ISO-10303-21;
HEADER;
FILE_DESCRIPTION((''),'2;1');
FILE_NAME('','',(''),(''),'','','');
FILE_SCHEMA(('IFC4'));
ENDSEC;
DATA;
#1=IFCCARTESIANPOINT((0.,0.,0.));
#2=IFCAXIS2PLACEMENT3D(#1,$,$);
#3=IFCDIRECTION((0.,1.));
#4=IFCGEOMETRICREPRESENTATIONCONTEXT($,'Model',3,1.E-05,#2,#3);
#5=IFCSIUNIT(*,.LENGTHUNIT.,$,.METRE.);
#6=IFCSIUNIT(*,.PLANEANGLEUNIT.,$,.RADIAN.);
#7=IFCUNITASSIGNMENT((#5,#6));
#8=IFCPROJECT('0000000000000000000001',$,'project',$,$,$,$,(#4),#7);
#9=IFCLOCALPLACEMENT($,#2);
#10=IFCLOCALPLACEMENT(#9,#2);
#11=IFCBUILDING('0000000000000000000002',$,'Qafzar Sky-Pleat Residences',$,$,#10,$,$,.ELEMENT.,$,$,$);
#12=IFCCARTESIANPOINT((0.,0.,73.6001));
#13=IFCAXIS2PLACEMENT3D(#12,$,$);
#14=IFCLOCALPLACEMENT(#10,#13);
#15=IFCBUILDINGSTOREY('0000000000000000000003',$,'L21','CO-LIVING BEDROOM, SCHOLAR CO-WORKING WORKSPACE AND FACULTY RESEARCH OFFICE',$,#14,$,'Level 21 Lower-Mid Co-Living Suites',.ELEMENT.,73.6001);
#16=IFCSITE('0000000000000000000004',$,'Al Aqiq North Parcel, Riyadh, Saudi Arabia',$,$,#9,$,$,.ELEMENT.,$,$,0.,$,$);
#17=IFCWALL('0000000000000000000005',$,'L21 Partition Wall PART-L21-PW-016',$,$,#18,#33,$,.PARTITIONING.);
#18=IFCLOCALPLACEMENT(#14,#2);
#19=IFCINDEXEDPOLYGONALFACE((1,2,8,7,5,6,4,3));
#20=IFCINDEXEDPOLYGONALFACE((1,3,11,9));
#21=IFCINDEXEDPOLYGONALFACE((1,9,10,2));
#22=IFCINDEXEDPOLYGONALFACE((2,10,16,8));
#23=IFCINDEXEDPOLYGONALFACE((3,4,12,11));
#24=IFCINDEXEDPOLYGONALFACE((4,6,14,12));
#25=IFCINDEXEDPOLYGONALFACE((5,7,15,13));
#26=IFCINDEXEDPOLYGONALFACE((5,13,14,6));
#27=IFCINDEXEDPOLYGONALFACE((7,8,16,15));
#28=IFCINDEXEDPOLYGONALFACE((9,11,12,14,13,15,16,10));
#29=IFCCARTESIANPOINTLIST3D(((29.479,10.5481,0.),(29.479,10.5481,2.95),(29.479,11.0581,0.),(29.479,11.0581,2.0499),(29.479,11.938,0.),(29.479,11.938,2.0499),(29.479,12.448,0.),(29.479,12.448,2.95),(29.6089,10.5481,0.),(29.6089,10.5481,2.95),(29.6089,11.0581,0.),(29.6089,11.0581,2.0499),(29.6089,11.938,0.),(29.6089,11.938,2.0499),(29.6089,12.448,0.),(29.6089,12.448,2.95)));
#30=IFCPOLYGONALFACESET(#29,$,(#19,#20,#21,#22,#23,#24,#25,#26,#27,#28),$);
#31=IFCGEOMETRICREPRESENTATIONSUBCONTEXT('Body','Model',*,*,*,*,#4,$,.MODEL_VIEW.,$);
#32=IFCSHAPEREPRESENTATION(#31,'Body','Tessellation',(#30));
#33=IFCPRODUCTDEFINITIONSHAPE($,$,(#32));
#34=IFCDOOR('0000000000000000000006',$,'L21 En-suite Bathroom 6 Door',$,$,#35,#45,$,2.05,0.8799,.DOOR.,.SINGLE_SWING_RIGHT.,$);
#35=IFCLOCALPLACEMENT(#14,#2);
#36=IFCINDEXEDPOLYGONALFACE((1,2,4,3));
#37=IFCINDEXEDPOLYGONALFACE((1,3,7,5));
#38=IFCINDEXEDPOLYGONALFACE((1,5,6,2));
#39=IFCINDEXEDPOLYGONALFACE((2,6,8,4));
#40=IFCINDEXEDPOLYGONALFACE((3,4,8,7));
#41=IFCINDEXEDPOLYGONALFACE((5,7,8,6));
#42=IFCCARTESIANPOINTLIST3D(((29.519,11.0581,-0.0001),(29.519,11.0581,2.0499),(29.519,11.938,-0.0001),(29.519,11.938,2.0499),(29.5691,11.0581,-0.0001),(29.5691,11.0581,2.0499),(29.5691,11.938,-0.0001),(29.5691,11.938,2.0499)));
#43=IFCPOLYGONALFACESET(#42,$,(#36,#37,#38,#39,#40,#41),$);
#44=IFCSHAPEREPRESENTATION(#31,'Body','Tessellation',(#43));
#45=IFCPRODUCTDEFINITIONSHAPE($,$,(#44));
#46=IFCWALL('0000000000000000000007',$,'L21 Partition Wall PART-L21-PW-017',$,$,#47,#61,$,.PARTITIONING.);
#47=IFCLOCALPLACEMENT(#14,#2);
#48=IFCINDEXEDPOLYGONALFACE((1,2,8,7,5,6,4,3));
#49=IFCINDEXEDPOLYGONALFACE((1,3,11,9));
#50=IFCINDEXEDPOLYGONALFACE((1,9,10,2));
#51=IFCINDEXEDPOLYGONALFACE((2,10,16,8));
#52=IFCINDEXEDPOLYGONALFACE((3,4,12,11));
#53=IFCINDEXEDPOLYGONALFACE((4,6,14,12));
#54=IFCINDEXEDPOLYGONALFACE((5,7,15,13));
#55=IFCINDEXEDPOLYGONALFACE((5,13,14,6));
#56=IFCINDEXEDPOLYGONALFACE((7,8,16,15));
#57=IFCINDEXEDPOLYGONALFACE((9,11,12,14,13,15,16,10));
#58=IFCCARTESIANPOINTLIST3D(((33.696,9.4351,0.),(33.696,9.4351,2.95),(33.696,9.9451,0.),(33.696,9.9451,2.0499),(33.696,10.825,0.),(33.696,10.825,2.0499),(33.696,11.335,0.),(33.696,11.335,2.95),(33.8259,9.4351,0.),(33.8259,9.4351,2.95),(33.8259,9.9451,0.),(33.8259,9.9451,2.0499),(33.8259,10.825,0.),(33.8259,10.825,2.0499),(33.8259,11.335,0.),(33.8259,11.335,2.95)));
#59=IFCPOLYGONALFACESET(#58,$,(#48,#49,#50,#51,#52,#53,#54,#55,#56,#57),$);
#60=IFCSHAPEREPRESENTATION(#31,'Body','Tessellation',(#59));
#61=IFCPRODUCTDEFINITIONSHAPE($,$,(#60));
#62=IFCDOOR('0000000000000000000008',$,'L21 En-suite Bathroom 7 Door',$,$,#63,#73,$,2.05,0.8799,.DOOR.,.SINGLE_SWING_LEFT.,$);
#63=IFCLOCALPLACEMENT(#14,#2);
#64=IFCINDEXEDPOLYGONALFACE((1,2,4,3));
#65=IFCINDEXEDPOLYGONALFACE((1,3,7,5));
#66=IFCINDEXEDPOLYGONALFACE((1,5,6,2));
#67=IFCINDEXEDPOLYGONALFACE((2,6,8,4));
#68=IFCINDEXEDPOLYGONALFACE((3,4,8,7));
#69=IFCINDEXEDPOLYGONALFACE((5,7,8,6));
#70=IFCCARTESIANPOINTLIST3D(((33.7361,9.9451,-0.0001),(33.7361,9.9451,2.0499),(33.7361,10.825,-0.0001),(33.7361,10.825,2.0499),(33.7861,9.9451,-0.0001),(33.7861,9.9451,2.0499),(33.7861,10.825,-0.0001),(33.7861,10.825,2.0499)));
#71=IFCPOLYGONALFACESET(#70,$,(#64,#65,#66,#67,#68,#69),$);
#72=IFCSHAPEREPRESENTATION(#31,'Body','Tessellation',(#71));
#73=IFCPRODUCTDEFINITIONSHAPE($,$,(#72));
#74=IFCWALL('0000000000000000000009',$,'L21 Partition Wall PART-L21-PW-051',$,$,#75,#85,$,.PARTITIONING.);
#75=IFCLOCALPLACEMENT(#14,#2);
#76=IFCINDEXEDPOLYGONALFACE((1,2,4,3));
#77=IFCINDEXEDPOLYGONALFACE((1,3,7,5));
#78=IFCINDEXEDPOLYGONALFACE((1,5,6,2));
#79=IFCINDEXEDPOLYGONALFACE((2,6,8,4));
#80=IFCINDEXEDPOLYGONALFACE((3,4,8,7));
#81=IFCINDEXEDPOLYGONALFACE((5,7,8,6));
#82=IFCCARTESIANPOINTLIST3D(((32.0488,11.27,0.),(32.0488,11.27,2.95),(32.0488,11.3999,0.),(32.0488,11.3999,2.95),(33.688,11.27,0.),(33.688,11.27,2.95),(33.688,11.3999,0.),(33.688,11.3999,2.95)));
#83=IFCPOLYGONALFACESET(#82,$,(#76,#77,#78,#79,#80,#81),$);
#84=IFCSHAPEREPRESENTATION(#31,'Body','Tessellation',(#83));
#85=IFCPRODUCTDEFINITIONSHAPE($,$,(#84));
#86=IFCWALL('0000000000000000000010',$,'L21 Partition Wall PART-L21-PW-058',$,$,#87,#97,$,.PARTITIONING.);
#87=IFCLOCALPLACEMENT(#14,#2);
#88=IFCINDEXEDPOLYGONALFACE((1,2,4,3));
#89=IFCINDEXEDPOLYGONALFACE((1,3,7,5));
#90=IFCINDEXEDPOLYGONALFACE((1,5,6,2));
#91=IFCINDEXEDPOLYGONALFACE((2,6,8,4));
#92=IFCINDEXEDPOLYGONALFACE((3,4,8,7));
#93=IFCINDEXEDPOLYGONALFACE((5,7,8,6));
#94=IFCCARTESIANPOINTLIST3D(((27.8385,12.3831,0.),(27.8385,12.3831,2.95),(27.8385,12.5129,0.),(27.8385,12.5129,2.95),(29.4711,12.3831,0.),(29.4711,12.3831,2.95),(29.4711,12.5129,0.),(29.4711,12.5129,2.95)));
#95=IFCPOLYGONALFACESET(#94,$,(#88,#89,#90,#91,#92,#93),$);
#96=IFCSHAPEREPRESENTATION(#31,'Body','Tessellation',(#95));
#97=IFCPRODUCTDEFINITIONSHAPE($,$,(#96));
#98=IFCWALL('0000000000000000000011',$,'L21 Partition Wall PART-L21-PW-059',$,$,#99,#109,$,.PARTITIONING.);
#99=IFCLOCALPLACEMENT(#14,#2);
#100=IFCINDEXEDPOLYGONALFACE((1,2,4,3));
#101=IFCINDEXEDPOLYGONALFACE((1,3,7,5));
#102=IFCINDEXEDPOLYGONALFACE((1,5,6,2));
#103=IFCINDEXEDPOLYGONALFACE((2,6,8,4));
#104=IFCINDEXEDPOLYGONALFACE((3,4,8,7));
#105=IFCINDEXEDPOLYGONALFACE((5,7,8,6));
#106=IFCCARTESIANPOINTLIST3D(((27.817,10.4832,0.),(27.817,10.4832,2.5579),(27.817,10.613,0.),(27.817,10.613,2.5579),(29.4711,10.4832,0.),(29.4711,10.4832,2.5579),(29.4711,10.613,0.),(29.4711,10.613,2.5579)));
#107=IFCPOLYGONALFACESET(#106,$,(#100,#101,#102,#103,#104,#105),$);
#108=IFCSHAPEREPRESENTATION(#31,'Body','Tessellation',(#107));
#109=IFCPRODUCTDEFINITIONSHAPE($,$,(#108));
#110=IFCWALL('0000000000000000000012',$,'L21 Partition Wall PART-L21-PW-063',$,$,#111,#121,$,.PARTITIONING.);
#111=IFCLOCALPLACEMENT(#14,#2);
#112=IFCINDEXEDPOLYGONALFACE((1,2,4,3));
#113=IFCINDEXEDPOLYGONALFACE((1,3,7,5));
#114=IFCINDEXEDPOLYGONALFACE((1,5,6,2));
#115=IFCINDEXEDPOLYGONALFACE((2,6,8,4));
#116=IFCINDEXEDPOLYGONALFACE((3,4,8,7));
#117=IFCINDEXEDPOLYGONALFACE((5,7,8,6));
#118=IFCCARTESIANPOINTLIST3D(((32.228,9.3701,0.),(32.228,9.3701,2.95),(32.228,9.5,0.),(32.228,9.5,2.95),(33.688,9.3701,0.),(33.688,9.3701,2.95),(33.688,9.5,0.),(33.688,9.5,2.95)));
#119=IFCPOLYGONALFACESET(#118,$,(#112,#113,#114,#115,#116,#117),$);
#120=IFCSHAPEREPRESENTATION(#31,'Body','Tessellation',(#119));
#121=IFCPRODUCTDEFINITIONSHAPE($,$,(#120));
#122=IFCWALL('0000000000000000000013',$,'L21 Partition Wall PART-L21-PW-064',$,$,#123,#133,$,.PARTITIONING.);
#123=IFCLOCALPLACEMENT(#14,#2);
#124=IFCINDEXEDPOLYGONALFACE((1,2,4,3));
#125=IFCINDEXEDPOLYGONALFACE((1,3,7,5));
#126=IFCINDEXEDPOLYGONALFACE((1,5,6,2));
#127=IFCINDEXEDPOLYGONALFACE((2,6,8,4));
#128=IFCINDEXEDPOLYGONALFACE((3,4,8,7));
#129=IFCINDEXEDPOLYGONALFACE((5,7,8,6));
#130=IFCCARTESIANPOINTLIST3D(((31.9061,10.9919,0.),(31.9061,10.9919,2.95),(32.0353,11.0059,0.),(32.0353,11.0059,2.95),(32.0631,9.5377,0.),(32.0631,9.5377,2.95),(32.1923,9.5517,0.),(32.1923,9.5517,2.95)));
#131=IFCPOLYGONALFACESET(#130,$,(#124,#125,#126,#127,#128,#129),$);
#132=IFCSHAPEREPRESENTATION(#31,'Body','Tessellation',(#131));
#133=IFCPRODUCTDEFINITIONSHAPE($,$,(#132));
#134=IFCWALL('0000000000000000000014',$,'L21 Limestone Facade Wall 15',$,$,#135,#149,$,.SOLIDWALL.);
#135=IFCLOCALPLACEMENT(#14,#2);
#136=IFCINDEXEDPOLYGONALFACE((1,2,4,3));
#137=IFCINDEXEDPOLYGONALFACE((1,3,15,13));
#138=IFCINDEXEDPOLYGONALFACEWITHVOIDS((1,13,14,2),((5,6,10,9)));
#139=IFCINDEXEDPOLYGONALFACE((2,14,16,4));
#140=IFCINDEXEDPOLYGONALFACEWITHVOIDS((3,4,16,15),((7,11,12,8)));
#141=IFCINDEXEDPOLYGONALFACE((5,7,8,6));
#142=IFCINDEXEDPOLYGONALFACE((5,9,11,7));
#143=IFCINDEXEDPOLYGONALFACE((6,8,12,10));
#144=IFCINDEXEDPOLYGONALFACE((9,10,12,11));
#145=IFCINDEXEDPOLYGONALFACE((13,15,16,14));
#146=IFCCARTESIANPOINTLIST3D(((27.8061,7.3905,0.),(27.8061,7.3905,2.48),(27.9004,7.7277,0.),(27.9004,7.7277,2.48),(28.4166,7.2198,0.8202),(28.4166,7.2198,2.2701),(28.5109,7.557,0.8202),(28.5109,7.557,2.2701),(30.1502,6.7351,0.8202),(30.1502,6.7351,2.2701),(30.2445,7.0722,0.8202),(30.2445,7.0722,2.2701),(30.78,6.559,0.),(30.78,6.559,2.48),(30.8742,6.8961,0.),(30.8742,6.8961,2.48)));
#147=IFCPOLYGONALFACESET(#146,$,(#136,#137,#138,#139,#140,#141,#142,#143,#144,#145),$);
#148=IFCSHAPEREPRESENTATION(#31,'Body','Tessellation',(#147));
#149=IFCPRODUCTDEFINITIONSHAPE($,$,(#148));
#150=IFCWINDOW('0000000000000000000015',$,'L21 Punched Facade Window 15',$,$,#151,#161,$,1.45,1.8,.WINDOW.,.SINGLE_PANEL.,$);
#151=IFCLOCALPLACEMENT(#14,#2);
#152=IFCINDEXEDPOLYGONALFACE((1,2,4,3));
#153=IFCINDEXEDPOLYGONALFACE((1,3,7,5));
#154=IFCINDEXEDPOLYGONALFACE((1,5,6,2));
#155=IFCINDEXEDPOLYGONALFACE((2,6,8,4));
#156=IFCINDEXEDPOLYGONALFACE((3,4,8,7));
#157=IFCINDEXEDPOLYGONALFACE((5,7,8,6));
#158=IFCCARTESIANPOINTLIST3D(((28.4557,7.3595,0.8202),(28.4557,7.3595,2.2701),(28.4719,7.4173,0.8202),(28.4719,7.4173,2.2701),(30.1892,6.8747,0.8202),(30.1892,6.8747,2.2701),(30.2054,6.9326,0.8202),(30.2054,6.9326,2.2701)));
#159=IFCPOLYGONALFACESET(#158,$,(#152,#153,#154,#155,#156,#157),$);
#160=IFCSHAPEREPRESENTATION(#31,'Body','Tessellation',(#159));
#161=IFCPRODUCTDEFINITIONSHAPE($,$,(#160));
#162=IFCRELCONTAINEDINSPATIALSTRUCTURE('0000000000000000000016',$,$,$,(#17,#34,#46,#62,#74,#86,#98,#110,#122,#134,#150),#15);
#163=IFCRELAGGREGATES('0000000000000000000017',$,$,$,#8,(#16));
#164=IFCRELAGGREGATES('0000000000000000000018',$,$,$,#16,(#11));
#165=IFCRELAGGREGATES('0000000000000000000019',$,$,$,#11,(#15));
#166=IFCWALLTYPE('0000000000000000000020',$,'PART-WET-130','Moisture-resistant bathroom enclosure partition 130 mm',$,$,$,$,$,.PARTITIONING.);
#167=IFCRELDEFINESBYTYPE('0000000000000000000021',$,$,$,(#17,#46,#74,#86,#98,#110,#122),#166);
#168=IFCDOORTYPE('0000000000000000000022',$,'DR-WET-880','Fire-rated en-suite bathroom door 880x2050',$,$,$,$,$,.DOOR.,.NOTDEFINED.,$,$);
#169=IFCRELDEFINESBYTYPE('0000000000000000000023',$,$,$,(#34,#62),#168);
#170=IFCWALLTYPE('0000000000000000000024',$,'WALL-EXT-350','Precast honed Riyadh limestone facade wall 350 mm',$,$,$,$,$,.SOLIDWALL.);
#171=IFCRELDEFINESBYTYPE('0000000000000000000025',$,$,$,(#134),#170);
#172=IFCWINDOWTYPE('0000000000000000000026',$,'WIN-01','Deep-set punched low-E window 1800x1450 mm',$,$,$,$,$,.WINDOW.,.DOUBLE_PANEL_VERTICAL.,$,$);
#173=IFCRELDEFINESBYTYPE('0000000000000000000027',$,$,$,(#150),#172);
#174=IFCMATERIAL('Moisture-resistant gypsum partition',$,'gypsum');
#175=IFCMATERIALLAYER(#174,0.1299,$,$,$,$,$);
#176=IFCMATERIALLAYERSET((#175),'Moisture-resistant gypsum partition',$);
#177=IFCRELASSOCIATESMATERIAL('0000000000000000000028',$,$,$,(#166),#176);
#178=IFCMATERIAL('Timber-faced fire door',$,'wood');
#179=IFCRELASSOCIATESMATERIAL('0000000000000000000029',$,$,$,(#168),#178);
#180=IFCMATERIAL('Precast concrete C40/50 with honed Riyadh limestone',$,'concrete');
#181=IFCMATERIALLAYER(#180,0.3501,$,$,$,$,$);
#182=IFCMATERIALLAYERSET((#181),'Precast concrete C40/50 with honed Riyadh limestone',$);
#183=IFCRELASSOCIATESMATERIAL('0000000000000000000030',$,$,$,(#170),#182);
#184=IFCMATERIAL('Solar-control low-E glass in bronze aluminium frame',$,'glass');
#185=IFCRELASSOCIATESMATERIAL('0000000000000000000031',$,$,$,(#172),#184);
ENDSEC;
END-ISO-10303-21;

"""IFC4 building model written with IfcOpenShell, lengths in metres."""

from ifc_helpers import new_model, si_unit, direction, frame, frame_2d, origin, place, context, subcontext, project, spatial, rectangle, extrude, source, transform, mapped, material, layer, layer_set, type_object, element, fill, save


model = new_model("IFC4")

# Units and contexts
model_context = context("Model", 3, precision=1e-05, world=origin(), true_north=direction((0.0, 1.0)))
body_context = subcontext(model_context, "Body", "Model", "MODEL_VIEW")
ifc_project = project(units=[si_unit("LENGTHUNIT", "METRE"), si_unit("PLANEANGLEUNIT", "RADIAN")], contexts=[model_context])

# Site, building, storey
site_placement = place(None, origin())
site = spatial("IfcSite", under=ifc_project, at=site_placement, Name="Al Aqiq North Parcel, Riyadh, Saudi Arabia", CompositionType="ELEMENT", RefElevation=0.0)
building_placement = place(site_placement, origin())
building = spatial("IfcBuilding", under=site, at=building_placement, Name="Qafzar Sky-Pleat Residences", CompositionType="ELEMENT")
storey_placement = place(building_placement, frame((0.0, 0.0, 73.6001)))
storey = spatial("IfcBuildingStorey", under=building, at=storey_placement, Name="L21", Description="CO-LIVING BEDROOM, SCHOLAR CO-WORKING WORKSPACE AND FACULTY RESEARCH OFFICE", LongName="Level 21 Lower-Mid Co-Living Suites", CompositionType="ELEMENT", Elevation=73.6001)

# Walls, openings, doors
ifc_material_1 = material(Name="Moisture-resistant gypsum partition", Category="gypsum")
ifc_layer_1 = layer(ifc_material_1, 0.1299)
ifc_layer_set_1 = layer_set([ifc_layer_1], Name="Moisture-resistant gypsum partition")
wall_type_1 = type_object("IfcWallType", Name="PART-WET-130", Description="Moisture-resistant bathroom enclosure partition 130 mm", PredefinedType="PARTITIONING", material=ifc_layer_set_1)
wall_1_placement = place(storey_placement, frame((29.5439, 10.5481, 0.0), z_axis=(0.0, 0.0, 1.0), x_axis=(0.0, 1.0, 0.0)))
wall_1 = element("IfcWall", 1, at=wall_1_placement, inside=storey, type_object=wall_type_1, Name="L21 Partition Wall PART-L21-PW-016", PredefinedType="PARTITIONING", context=body_context, shape_type="SweptSolid", body=[
    extrude(rectangle(XDim=1.8999, YDim=0.1299, at=frame_2d((0.95, 0.0))), origin(), (0.0, 0.0, 1.0), 2.95),
])
opening_1_placement = place(wall_1_placement, frame((0.51, 0.0, 0.0)))
opening_1 = element("IfcOpeningElement", 2, at=opening_1_placement, cuts=wall_1, PredefinedType="OPENING", context=body_context, shape_type="SweptSolid", body=[
    extrude(rectangle(XDim=0.8799, YDim=2.05, at=frame_2d((0.4399, 1.0249))), frame((0.0, 0.075, 0.0), z_axis=(0.0, -1.0, 0.0), x_axis=(1.0, 0.0, 0.0)), (0.0, 0.0, 1.0), 0.1499),
])
ifc_material_2 = material(Name="Timber-faced fire door", Category="wood")
door_type = type_object("IfcDoorType", Name="DR-WET-880", Description="Fire-rated en-suite bathroom door 880x2050", OperationType="NOTDEFINED", PredefinedType="DOOR", material=ifc_material_2)
shared_shape_1 = source(origin(), body_context, "Body", "SweptSolid", [
    extrude(rectangle(XDim=0.8799, YDim=2.05, at=frame_2d((0.4399, 1.0249))), frame((0.0, 0.0249, 0.0), z_axis=(0.0, -1.0, 0.0), x_axis=(1.0, 0.0, 0.0)), (0.0, 0.0, 1.0), 0.05),
])
door_1_placement = place(opening_1_placement, origin())
door_1 = element("IfcDoor", 3, at=door_1_placement, inside=storey, type_object=door_type, Name="L21 En-suite Bathroom 6 Door", OperationType="SINGLE_SWING_RIGHT", OverallHeight=2.05, OverallWidth=0.8799, PredefinedType="DOOR", context=body_context, shape_type="MappedRepresentation", body=[
    mapped(shared_shape_1, transform((0.0, 0.0, 0.0), x_axis=(1.0, 0.0, 0.0), y_axis=(0.0, 1.0, 0.0), z_axis=(0.0, 0.0, 1.0), scale=1.0)),
])
fill(opening_1, door_1)
wall_2_placement = place(storey_placement, frame((33.761, 9.4351, 0.0), z_axis=(0.0, 0.0, 1.0), x_axis=(0.0, 1.0, 0.0)))
wall_2 = element("IfcWall", 4, at=wall_2_placement, inside=storey, type_object=wall_type_1, Name="L21 Partition Wall PART-L21-PW-017", PredefinedType="PARTITIONING", context=body_context, shape_type="SweptSolid", body=[
    extrude(rectangle(XDim=1.8999, YDim=0.1299, at=frame_2d((0.95, 0.0))), origin(), (0.0, 0.0, 1.0), 2.95),
])
opening_2_placement = place(wall_2_placement, frame((0.51, 0.0, 0.0)))
opening_2 = element("IfcOpeningElement", 5, at=opening_2_placement, cuts=wall_2, PredefinedType="OPENING", context=body_context, shape_type="SweptSolid", body=[
    extrude(rectangle(XDim=0.8799, YDim=2.05, at=frame_2d((0.4399, 1.0249))), frame((0.0, 0.075, 0.0), z_axis=(0.0, -1.0, 0.0), x_axis=(1.0, 0.0, 0.0)), (0.0, 0.0, 1.0), 0.1499),
])
door_2_placement = place(opening_2_placement, origin())
door_2 = element("IfcDoor", 6, at=door_2_placement, inside=storey, type_object=door_type, Name="L21 En-suite Bathroom 7 Door", OperationType="SINGLE_SWING_LEFT", OverallHeight=2.05, OverallWidth=0.8799, PredefinedType="DOOR", context=body_context, shape_type="MappedRepresentation", body=[
    mapped(shared_shape_1, transform((0.0, 0.0, 0.0), x_axis=(1.0, 0.0, 0.0), y_axis=(0.0, 1.0, 0.0), z_axis=(0.0, 0.0, 1.0), scale=1.0)),
])
fill(opening_2, door_2)

# Walls
wall_3_placement = place(storey_placement, frame((32.0488, 11.335, 0.0), z_axis=(0.0, 0.0, 1.0), x_axis=(1.0, 0.0, 0.0)))
element("IfcWall", 7, at=wall_3_placement, inside=storey, type_object=wall_type_1, Name="L21 Partition Wall PART-L21-PW-051", PredefinedType="PARTITIONING", context=body_context, shape_type="SweptSolid", body=[
    extrude(rectangle(XDim=1.6392, YDim=0.1299, at=frame_2d((0.8196, 0.0))), origin(), (0.0, 0.0, 1.0), 2.95),
])
wall_4_placement = place(storey_placement, frame((27.8384, 12.448, 0.0), z_axis=(0.0, 0.0, 1.0), x_axis=(1.0, 0.0, 0.0)))
element("IfcWall", 8, at=wall_4_placement, inside=storey, type_object=wall_type_1, Name="L21 Partition Wall PART-L21-PW-058", PredefinedType="PARTITIONING", context=body_context, shape_type="SweptSolid", body=[
    extrude(rectangle(XDim=1.6326, YDim=0.1299, at=frame_2d((0.8164, 0.0))), origin(), (0.0, 0.0, 1.0), 2.95),
])
wall_5_placement = place(storey_placement, frame((27.8169, 10.5481, 0.0), z_axis=(0.0, 0.0, 1.0), x_axis=(1.0, 0.0, 0.0)))
element("IfcWall", 9, at=wall_5_placement, inside=storey, type_object=wall_type_1, Name="L21 Partition Wall PART-L21-PW-059", PredefinedType="PARTITIONING", context=body_context, shape_type="SweptSolid", body=[
    extrude(rectangle(XDim=1.6541, YDim=0.1299, at=frame_2d((0.8271, 0.0))), origin(), (0.0, 0.0, 1.0), 2.5579),
])
wall_6_placement = place(storey_placement, frame((32.228, 9.4351, 0.0), z_axis=(0.0, 0.0, 1.0), x_axis=(1.0, 0.0, 0.0)))
element("IfcWall", 10, at=wall_6_placement, inside=storey, type_object=wall_type_1, Name="L21 Partition Wall PART-L21-PW-063", PredefinedType="PARTITIONING", context=body_context, shape_type="SweptSolid", body=[
    extrude(rectangle(XDim=1.46, YDim=0.1299, at=frame_2d((0.73, 0.0))), origin(), (0.0, 0.0, 1.0), 2.95),
])
wall_7_placement = place(storey_placement, frame((31.9707, 10.999, 0.0), z_axis=(0.0, 0.0, 1.0), x_axis=(0.107335, -0.994223, 0.0)))
element("IfcWall", 11, at=wall_7_placement, inside=storey, type_object=wall_type_1, Name="L21 Partition Wall PART-L21-PW-064", PredefinedType="PARTITIONING", context=body_context, shape_type="SweptSolid", body=[
    extrude(rectangle(XDim=1.4626, YDim=0.1299, at=frame_2d((0.7314, 0.0))), origin(), (0.0, 0.0, 1.0), 2.95),
])

# Wall, opening, window
ifc_material_3 = material(Name="Precast concrete C40/50 with honed Riyadh limestone", Category="concrete")
ifc_layer_2 = layer(ifc_material_3, 0.3501)
ifc_layer_set_2 = layer_set([ifc_layer_2], Name="Precast concrete C40/50 with honed Riyadh limestone")
wall_type_2 = type_object("IfcWallType", Name="WALL-EXT-350", Description="Precast honed Riyadh limestone facade wall 350 mm", PredefinedType="SOLIDWALL", material=ifc_layer_set_2)
wall_8_placement = place(storey_placement, frame((27.8533, 7.5591, 0.0), z_axis=(0.0, 0.0, 1.0), x_axis=(0.96306, -0.269287, 0.0)))
wall_8 = element("IfcWall", 12, at=wall_8_placement, inside=storey, type_object=wall_type_2, Name="L21 Limestone Facade Wall 15", PredefinedType="SOLIDWALL", context=body_context, shape_type="SweptSolid", body=[
    extrude(rectangle(XDim=3.0879, YDim=0.3501, at=frame_2d((1.5439, 0.0))), origin(), (0.0, 0.0, 1.0), 2.48),
])
opening_3_placement = place(wall_8_placement, frame((0.634, 0.0, 0.8201)))
opening_3 = element("IfcOpeningElement", 13, at=opening_3_placement, cuts=wall_8, PredefinedType="OPENING", context=body_context, shape_type="SweptSolid", body=[
    extrude(rectangle(XDim=1.8, YDim=1.45, at=frame_2d((0.8999, 0.7251))), frame((0.0, 0.1851, 0.0), z_axis=(0.0, -1.0, 0.0), x_axis=(1.0, 0.0, 0.0)), (0.0, 0.0, 1.0), 0.3701),
])
ifc_material_4 = material(Name="Solar-control low-E glass in bronze aluminium frame", Category="glass")
window_type_1 = type_object("IfcWindowType", Name="WIN-01", Description="Deep-set punched low-E window 1800x1450 mm", PartitioningType="DOUBLE_PANEL_VERTICAL", PredefinedType="WINDOW", material=ifc_material_4)
shared_shape_2 = source(origin(), body_context, "Body", "SweptSolid", [
    extrude(rectangle(XDim=1.8, YDim=1.45, at=frame_2d((0.8999, 0.7251))), frame((0.0, 0.03, 0.0), z_axis=(0.0, -1.0, 0.0), x_axis=(1.0, 0.0, 0.0)), (0.0, 0.0, 1.0), 0.0601),
])
window_1_placement = place(opening_3_placement, origin())
window_1 = element("IfcWindow", 14, at=window_1_placement, inside=storey, type_object=window_type_1, Name="L21 Punched Facade Window 15", OverallHeight=1.45, OverallWidth=1.8, PartitioningType="SINGLE_PANEL", PredefinedType="WINDOW", context=body_context, shape_type="MappedRepresentation", body=[
    mapped(shared_shape_2, transform((0.0, 0.0, 0.0), x_axis=(1.0, 0.0, 0.0), y_axis=(0.0, 1.0, 0.0), z_axis=(0.0, 0.0, 1.0), scale=1.0)),
])
fill(opening_3, window_1)

save(model, "model.ifc")
